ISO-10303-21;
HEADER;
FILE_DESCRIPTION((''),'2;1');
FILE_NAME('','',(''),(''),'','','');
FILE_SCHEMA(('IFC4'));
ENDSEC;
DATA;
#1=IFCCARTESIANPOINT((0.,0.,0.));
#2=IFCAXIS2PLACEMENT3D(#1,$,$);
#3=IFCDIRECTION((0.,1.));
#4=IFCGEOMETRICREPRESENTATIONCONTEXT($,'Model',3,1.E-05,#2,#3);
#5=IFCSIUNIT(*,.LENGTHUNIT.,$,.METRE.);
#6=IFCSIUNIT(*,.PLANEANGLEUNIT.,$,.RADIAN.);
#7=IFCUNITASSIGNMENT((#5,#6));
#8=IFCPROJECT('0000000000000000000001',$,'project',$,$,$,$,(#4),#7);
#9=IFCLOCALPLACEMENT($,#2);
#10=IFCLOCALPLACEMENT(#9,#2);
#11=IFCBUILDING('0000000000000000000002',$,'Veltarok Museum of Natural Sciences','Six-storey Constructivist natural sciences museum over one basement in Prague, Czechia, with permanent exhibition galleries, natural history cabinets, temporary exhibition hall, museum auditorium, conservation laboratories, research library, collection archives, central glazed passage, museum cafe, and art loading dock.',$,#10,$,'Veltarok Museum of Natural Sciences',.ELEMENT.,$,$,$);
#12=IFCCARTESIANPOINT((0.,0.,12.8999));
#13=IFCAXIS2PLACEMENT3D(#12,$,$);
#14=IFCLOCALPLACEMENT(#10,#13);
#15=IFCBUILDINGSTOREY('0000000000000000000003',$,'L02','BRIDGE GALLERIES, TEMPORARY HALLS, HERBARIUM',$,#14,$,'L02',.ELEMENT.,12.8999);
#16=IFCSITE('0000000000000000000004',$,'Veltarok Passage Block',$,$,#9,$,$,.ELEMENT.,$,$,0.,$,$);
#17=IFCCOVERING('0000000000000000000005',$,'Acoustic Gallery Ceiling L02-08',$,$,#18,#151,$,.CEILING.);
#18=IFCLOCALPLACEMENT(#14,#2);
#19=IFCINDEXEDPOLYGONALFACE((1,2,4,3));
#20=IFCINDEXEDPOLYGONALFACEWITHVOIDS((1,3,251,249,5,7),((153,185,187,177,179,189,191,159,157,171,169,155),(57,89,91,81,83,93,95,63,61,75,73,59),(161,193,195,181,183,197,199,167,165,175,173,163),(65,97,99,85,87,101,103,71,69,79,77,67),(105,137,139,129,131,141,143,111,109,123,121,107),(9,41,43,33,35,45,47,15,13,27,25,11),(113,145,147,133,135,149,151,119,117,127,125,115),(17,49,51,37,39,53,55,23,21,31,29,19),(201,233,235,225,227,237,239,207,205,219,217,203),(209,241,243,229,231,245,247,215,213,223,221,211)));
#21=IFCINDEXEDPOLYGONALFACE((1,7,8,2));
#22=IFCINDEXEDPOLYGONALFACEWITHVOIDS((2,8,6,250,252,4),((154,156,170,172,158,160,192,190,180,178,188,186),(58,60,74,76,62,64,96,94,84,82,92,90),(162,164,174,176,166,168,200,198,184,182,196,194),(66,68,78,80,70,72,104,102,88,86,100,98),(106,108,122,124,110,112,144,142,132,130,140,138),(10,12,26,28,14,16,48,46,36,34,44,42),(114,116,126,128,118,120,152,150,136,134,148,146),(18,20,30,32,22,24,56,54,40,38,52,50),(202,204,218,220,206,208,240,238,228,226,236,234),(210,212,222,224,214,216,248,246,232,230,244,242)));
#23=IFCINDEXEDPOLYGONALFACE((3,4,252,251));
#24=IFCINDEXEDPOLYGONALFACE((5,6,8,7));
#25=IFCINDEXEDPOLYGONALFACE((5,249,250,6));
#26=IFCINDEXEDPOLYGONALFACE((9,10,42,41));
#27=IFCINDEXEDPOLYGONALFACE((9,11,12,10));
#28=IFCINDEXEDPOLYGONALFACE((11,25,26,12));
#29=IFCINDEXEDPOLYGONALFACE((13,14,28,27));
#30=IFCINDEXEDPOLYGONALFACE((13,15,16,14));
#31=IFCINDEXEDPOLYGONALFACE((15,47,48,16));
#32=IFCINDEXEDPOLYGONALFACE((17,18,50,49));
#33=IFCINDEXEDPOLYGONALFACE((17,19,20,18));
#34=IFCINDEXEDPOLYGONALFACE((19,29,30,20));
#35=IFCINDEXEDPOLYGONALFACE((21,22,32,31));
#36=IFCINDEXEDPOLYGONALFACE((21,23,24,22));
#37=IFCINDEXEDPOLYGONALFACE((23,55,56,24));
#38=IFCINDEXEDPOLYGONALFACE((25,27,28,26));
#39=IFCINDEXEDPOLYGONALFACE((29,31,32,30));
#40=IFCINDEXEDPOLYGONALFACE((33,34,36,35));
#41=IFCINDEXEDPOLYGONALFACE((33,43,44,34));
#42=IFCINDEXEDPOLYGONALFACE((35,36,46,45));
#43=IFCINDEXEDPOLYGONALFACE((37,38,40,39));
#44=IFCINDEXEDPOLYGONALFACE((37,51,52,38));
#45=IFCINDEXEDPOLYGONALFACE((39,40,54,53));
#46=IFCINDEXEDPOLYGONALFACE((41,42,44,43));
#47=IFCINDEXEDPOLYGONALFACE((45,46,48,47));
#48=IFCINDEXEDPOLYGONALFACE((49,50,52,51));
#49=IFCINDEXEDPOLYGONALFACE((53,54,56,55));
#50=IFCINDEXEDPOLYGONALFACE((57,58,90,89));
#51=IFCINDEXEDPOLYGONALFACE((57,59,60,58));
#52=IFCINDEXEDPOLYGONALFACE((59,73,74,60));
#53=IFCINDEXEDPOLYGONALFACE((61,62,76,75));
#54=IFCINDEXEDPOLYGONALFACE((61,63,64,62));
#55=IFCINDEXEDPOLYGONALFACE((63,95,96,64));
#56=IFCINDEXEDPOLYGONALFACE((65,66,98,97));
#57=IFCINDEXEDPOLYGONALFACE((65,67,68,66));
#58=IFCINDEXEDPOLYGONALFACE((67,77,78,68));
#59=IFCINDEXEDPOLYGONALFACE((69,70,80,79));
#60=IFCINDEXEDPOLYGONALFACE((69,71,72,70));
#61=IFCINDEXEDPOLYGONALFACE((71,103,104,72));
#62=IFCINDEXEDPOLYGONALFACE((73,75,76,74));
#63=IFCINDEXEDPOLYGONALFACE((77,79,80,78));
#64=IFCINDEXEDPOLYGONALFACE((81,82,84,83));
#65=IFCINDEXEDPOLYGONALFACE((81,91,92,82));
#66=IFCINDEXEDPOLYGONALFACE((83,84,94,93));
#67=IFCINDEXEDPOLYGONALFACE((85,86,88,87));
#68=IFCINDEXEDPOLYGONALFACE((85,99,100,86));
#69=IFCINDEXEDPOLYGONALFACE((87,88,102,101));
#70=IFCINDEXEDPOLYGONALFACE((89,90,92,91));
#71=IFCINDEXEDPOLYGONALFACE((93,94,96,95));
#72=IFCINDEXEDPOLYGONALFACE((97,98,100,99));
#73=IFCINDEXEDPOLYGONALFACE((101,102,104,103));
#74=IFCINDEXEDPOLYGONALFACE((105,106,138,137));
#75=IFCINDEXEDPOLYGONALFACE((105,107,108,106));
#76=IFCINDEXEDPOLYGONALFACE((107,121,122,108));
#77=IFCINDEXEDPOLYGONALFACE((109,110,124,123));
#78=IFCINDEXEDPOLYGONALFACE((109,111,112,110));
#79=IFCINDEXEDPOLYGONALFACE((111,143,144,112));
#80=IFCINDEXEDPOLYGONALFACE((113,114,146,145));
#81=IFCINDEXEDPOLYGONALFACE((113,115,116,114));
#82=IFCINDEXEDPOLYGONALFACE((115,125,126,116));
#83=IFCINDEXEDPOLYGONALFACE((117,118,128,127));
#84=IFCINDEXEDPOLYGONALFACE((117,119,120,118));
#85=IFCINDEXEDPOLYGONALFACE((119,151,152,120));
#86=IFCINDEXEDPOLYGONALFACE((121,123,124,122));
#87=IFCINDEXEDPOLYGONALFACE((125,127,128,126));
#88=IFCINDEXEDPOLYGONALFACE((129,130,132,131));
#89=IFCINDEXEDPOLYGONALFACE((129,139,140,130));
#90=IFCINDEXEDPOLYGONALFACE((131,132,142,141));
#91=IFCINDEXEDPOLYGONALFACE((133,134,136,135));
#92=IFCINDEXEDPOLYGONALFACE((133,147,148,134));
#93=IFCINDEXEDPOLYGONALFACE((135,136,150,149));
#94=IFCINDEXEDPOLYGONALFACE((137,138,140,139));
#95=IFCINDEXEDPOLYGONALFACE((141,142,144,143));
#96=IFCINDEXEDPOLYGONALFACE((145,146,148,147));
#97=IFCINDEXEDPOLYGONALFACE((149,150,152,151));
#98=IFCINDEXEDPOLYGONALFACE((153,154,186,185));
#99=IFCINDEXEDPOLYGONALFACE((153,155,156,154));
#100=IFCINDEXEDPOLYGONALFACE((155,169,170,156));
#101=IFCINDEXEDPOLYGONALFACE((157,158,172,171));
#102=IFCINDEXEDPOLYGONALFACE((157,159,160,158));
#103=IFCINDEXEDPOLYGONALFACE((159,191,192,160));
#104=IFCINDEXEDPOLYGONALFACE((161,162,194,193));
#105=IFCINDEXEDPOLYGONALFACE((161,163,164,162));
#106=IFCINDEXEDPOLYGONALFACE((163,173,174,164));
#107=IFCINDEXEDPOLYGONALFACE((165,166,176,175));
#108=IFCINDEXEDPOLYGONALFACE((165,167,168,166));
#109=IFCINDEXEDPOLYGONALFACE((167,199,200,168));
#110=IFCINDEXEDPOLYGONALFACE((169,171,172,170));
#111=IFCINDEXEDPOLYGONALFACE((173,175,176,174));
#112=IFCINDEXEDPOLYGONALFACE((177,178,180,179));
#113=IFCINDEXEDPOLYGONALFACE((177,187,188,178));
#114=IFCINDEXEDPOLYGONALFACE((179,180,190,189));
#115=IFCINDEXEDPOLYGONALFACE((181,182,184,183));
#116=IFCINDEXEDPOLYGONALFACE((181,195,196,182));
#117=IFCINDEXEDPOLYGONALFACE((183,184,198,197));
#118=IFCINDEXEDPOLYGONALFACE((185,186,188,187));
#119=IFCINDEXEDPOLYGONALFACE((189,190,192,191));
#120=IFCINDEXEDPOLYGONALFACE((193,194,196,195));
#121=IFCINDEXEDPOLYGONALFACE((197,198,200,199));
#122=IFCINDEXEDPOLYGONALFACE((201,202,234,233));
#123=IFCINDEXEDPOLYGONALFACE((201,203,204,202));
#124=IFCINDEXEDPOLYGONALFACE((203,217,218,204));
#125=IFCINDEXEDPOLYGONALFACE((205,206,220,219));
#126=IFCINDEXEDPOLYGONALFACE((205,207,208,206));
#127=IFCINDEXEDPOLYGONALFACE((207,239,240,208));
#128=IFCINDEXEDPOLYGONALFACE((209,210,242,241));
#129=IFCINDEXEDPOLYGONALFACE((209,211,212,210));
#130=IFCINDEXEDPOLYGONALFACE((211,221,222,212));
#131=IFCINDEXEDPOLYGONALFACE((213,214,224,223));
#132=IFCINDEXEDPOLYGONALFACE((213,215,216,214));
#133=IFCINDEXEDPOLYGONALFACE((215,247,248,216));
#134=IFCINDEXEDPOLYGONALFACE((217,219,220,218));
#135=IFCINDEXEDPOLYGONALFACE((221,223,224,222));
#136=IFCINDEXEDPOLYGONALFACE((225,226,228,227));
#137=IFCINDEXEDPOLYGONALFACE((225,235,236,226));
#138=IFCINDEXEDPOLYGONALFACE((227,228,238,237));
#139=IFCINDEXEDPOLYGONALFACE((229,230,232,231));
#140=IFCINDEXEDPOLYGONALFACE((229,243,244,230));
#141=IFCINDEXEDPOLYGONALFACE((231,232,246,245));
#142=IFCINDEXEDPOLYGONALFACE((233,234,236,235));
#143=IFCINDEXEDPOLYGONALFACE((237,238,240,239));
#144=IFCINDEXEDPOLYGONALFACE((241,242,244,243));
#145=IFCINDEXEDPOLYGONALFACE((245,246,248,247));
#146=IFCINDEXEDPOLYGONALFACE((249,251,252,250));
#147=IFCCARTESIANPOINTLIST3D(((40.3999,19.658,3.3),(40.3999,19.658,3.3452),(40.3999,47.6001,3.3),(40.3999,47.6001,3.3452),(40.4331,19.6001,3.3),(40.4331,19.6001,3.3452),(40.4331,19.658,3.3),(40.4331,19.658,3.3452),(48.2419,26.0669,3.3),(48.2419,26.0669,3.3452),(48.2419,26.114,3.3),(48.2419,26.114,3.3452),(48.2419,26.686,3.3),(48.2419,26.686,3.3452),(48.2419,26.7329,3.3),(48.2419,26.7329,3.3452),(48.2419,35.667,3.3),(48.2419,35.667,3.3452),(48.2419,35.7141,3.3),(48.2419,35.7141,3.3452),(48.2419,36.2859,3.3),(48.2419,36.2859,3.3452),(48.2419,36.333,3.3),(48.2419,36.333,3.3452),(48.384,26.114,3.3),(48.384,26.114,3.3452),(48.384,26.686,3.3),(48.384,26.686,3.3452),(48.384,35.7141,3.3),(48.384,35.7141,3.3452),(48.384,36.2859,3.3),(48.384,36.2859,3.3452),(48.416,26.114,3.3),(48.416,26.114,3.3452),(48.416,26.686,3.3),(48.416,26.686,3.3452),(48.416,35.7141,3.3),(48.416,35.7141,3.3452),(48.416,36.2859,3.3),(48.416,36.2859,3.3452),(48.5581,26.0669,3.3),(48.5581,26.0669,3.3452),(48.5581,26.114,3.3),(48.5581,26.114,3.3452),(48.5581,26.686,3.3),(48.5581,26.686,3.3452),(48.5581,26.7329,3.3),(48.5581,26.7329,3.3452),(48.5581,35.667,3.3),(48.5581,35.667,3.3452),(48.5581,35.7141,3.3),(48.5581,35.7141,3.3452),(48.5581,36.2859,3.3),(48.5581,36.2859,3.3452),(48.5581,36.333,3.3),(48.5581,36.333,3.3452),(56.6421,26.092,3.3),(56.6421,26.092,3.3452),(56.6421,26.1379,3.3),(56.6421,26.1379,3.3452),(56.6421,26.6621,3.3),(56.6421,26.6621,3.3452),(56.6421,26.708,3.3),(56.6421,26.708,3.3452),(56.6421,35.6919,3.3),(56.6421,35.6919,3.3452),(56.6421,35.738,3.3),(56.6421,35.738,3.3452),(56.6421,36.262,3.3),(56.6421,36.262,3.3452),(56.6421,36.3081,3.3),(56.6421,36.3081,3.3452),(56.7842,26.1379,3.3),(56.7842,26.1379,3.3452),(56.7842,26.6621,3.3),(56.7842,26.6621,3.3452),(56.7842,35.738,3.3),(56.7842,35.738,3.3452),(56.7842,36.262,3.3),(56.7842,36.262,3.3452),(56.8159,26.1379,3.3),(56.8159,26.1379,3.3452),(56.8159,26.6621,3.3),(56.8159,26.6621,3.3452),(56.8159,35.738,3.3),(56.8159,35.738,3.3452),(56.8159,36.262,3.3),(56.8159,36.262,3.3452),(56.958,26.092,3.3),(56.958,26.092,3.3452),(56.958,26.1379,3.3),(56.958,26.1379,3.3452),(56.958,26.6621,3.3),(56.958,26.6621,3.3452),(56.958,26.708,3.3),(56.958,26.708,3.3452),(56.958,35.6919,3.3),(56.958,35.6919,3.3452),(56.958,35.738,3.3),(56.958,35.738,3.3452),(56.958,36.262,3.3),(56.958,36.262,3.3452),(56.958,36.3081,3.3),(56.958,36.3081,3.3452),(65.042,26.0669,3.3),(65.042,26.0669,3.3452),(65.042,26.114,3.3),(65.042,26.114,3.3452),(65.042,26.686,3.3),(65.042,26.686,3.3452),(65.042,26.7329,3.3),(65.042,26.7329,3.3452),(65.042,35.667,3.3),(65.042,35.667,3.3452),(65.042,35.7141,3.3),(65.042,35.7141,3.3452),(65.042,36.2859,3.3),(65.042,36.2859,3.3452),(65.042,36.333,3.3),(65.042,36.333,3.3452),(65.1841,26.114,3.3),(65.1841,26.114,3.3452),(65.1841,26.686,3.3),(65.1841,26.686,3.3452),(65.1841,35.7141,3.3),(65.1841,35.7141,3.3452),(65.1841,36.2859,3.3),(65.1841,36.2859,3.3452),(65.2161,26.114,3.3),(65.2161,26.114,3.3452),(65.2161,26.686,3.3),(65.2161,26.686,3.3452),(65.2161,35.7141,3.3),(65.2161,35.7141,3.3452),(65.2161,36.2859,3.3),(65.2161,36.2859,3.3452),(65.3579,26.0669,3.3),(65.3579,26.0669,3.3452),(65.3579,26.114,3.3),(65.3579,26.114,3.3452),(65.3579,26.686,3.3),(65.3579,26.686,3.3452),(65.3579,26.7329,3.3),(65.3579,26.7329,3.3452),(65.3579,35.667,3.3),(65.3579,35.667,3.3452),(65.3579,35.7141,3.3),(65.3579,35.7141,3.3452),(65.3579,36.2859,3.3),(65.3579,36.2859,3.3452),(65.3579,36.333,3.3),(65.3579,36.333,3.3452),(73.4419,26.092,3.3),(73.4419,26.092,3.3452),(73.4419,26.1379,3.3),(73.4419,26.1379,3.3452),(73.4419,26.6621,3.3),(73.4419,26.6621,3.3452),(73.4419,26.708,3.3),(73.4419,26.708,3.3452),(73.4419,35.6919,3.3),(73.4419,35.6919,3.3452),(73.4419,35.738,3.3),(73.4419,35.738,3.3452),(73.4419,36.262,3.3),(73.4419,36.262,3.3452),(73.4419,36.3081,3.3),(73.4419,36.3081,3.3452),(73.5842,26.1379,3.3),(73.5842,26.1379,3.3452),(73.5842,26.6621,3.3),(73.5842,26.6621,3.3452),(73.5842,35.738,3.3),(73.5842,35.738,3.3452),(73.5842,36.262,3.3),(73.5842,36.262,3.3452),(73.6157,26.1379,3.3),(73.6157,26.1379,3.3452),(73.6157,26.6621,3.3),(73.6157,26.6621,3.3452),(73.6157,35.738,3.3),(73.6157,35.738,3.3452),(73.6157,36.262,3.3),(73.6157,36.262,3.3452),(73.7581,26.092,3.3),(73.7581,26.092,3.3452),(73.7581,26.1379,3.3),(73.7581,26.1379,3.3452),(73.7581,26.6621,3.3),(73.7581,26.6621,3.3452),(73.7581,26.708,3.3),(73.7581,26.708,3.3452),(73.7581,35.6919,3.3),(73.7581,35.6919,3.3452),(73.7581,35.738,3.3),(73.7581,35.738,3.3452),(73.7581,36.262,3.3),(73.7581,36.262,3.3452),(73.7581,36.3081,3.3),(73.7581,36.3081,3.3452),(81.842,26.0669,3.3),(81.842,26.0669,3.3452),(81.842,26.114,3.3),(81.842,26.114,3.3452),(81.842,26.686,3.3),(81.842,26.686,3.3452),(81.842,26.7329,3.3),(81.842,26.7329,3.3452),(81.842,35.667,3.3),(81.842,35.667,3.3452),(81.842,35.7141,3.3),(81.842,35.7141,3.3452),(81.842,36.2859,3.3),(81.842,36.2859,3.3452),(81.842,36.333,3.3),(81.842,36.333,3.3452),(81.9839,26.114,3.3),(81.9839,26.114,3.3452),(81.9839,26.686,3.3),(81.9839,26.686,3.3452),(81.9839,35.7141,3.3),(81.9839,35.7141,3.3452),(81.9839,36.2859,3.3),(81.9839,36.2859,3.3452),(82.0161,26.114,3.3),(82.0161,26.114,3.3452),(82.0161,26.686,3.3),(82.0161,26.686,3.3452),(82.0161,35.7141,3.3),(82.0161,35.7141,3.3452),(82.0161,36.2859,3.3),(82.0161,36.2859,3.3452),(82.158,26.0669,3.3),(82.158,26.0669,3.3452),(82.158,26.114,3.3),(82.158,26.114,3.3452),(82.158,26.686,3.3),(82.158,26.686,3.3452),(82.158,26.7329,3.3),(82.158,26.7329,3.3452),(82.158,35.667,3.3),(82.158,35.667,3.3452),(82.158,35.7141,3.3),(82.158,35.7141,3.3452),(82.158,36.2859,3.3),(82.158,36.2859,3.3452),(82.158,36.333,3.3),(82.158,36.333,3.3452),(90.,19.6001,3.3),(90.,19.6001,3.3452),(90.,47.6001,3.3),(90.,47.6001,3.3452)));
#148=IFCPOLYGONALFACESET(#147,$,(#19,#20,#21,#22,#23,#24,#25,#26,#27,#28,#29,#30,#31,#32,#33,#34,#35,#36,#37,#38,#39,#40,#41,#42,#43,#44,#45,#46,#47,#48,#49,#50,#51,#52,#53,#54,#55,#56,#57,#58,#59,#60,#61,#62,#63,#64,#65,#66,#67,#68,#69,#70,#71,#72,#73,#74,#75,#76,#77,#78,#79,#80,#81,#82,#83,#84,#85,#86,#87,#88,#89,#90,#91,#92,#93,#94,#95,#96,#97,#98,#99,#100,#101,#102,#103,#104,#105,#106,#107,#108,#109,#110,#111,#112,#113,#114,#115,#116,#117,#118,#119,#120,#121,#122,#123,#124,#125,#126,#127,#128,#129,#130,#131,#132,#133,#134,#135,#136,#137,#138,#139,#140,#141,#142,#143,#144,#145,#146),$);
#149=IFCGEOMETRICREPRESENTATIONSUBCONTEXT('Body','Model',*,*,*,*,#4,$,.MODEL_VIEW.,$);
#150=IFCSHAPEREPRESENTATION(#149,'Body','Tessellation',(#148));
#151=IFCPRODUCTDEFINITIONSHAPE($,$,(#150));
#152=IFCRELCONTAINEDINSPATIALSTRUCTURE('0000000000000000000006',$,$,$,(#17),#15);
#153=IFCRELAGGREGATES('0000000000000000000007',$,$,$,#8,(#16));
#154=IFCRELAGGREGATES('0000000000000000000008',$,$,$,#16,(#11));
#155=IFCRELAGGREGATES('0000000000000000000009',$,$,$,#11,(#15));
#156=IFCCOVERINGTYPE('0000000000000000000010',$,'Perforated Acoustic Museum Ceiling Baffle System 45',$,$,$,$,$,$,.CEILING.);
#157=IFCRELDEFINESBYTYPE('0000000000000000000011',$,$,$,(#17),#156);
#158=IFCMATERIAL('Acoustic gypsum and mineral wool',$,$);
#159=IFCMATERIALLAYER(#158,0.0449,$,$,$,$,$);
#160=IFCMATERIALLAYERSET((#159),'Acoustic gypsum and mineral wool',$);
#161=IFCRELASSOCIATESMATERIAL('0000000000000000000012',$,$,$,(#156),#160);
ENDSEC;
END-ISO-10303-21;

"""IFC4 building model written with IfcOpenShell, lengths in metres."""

from ifc_helpers import new_model, si_unit, direction, frame, origin, place, context, subcontext, project, spatial, polyline, outline, extrude, material, layer, layer_set, type_object, element, save


model = new_model("IFC4")

# Units and contexts
model_context = context("Model", 3, precision=1e-05, world=origin(), true_north=direction((0.0, 1.0)))
body_context = subcontext(model_context, "Body", "Model", "MODEL_VIEW")
ifc_project = project(units=[si_unit("LENGTHUNIT", "METRE"), si_unit("PLANEANGLEUNIT", "RADIAN")], contexts=[model_context])

# Site, building, storey
site_placement = place(None, origin())
site = spatial("IfcSite", under=ifc_project, at=site_placement, Name="Veltarok Passage Block", CompositionType="ELEMENT", RefElevation=0.0)
building_placement = place(site_placement, origin())
building = spatial("IfcBuilding", under=site, at=building_placement, Name="Veltarok Museum of Natural Sciences", Description="Six-storey Constructivist natural sciences museum over one basement in Prague, Czechia, with permanent exhibition galleries, natural history cabinets, temporary exhibition hall, museum auditorium, conservation laboratories, research library, collection archives, central glazed passage, museum cafe, and art loading dock.", LongName="Veltarok Museum of Natural Sciences", CompositionType="ELEMENT")
storey_placement = place(building_placement, frame((0.0, 0.0, 12.8999)))
storey = spatial("IfcBuildingStorey", under=building, at=storey_placement, Name="L02", Description="BRIDGE GALLERIES, TEMPORARY HALLS, HERBARIUM", LongName="L02", CompositionType="ELEMENT", Elevation=12.8999)

# Covering
ifc_material_1 = material(Name="Acoustic gypsum and mineral wool")
ifc_layer_1 = layer(ifc_material_1, 0.0449)
ifc_layer_set_1 = layer_set([ifc_layer_1], Name="Acoustic gypsum and mineral wool")
covering_type = type_object("IfcCoveringType", Name="Perforated Acoustic Museum Ceiling Baffle System 45", PredefinedType="CEILING", material=ifc_layer_set_1)
covering_1_placement = place(storey_placement, frame((0.0, 0.0, 3.3)))
element("IfcCovering", 1, at=covering_1_placement, inside=storey, type_object=covering_type, Name="Acoustic Gallery Ceiling L02-08", PredefinedType="CEILING", context=body_context, shape_type="SweptSolid", body=[
    extrude(outline(polyline([(40.3999, 47.6001), (90.0, 47.6001), (90.0, 19.6001), (40.4331, 19.6001), (40.4331, 19.658), (40.3999, 19.658), (40.3999, 47.6001)]), holes=[polyline([(48.5581, 26.7329), (48.2419, 26.7329), (48.2419, 26.686), (48.384, 26.686), (48.384, 26.114), (48.2419, 26.114), (48.2419, 26.0669), (48.5581, 26.0669), (48.5581, 26.114), (48.416, 26.114), (48.416, 26.686), (48.5581, 26.686), (48.5581, 26.7329)]), polyline([(48.5581, 36.333), (48.2419, 36.333), (48.2419, 36.2859), (48.384, 36.2859), (48.384, 35.7141), (48.2419, 35.7141), (48.2419, 35.667), (48.5581, 35.667), (48.5581, 35.7141), (48.416, 35.7141), (48.416, 36.2859), (48.5581, 36.2859), (48.5581, 36.333)]), polyline([(65.3579, 26.7329), (65.042, 26.7329), (65.042, 26.686), (65.1841, 26.686), (65.1841, 26.114), (65.042, 26.114), (65.042, 26.0669), (65.3579, 26.0669), (65.3579, 26.114), (65.2161, 26.114), (65.2161, 26.686), (65.3579, 26.686), (65.3579, 26.7329)]), polyline([(73.7581, 26.708), (73.4419, 26.708), (73.4419, 26.6621), (73.5842, 26.6621), (73.5842, 26.1379), (73.4419, 26.1379), (73.4419, 26.092), (73.7581, 26.092), (73.7581, 26.1379), (73.6157, 26.1379), (73.6157, 26.6621), (73.7581, 26.6621), (73.7581, 26.708)]), polyline([(82.158, 26.7329), (81.842, 26.7329), (81.842, 26.686), (81.9839, 26.686), (81.9839, 26.114), (81.842, 26.114), (81.842, 26.0669), (82.158, 26.0669), (82.158, 26.114), (82.0161, 26.114), (82.0161, 26.686), (82.158, 26.686), (82.158, 26.7329)]), polyline([(56.958, 26.708), (56.6421, 26.708), (56.6421, 26.6621), (56.7842, 26.6621), (56.7842, 26.1379), (56.6421, 26.1379), (56.6421, 26.092), (56.958, 26.092), (56.958, 26.1379), (56.8159, 26.1379), (56.8159, 26.6621), (56.958, 26.6621), (56.958, 26.708)]), polyline([(82.158, 36.333), (81.842, 36.333), (81.842, 36.2859), (81.9839, 36.2859), (81.9839, 35.7141), (81.842, 35.7141), (81.842, 35.667), (82.158, 35.667), (82.158, 35.7141), (82.0161, 35.7141), (82.0161, 36.2859), (82.158, 36.2859), (82.158, 36.333)]), polyline([(73.7581, 36.3081), (73.4419, 36.3081), (73.4419, 36.262), (73.5842, 36.262), (73.5842, 35.738), (73.4419, 35.738), (73.4419, 35.6919), (73.7581, 35.6919), (73.7581, 35.738), (73.6157, 35.738), (73.6157, 36.262), (73.7581, 36.262), (73.7581, 36.3081)]), polyline([(65.3579, 36.333), (65.042, 36.333), (65.042, 36.2859), (65.1841, 36.2859), (65.1841, 35.7141), (65.042, 35.7141), (65.042, 35.667), (65.3579, 35.667), (65.3579, 35.7141), (65.2161, 35.7141), (65.2161, 36.2859), (65.3579, 36.2859), (65.3579, 36.333)]), polyline([(56.958, 36.3081), (56.6421, 36.3081), (56.6421, 36.262), (56.7842, 36.262), (56.7842, 35.738), (56.6421, 35.738), (56.6421, 35.6919), (56.958, 35.6919), (56.958, 35.738), (56.8159, 35.738), (56.8159, 36.262), (56.958, 36.262), (56.958, 36.3081)])]), origin(), (0.0, 0.0, 1.0), 0.0452),
])

save(model, "model.ifc")
